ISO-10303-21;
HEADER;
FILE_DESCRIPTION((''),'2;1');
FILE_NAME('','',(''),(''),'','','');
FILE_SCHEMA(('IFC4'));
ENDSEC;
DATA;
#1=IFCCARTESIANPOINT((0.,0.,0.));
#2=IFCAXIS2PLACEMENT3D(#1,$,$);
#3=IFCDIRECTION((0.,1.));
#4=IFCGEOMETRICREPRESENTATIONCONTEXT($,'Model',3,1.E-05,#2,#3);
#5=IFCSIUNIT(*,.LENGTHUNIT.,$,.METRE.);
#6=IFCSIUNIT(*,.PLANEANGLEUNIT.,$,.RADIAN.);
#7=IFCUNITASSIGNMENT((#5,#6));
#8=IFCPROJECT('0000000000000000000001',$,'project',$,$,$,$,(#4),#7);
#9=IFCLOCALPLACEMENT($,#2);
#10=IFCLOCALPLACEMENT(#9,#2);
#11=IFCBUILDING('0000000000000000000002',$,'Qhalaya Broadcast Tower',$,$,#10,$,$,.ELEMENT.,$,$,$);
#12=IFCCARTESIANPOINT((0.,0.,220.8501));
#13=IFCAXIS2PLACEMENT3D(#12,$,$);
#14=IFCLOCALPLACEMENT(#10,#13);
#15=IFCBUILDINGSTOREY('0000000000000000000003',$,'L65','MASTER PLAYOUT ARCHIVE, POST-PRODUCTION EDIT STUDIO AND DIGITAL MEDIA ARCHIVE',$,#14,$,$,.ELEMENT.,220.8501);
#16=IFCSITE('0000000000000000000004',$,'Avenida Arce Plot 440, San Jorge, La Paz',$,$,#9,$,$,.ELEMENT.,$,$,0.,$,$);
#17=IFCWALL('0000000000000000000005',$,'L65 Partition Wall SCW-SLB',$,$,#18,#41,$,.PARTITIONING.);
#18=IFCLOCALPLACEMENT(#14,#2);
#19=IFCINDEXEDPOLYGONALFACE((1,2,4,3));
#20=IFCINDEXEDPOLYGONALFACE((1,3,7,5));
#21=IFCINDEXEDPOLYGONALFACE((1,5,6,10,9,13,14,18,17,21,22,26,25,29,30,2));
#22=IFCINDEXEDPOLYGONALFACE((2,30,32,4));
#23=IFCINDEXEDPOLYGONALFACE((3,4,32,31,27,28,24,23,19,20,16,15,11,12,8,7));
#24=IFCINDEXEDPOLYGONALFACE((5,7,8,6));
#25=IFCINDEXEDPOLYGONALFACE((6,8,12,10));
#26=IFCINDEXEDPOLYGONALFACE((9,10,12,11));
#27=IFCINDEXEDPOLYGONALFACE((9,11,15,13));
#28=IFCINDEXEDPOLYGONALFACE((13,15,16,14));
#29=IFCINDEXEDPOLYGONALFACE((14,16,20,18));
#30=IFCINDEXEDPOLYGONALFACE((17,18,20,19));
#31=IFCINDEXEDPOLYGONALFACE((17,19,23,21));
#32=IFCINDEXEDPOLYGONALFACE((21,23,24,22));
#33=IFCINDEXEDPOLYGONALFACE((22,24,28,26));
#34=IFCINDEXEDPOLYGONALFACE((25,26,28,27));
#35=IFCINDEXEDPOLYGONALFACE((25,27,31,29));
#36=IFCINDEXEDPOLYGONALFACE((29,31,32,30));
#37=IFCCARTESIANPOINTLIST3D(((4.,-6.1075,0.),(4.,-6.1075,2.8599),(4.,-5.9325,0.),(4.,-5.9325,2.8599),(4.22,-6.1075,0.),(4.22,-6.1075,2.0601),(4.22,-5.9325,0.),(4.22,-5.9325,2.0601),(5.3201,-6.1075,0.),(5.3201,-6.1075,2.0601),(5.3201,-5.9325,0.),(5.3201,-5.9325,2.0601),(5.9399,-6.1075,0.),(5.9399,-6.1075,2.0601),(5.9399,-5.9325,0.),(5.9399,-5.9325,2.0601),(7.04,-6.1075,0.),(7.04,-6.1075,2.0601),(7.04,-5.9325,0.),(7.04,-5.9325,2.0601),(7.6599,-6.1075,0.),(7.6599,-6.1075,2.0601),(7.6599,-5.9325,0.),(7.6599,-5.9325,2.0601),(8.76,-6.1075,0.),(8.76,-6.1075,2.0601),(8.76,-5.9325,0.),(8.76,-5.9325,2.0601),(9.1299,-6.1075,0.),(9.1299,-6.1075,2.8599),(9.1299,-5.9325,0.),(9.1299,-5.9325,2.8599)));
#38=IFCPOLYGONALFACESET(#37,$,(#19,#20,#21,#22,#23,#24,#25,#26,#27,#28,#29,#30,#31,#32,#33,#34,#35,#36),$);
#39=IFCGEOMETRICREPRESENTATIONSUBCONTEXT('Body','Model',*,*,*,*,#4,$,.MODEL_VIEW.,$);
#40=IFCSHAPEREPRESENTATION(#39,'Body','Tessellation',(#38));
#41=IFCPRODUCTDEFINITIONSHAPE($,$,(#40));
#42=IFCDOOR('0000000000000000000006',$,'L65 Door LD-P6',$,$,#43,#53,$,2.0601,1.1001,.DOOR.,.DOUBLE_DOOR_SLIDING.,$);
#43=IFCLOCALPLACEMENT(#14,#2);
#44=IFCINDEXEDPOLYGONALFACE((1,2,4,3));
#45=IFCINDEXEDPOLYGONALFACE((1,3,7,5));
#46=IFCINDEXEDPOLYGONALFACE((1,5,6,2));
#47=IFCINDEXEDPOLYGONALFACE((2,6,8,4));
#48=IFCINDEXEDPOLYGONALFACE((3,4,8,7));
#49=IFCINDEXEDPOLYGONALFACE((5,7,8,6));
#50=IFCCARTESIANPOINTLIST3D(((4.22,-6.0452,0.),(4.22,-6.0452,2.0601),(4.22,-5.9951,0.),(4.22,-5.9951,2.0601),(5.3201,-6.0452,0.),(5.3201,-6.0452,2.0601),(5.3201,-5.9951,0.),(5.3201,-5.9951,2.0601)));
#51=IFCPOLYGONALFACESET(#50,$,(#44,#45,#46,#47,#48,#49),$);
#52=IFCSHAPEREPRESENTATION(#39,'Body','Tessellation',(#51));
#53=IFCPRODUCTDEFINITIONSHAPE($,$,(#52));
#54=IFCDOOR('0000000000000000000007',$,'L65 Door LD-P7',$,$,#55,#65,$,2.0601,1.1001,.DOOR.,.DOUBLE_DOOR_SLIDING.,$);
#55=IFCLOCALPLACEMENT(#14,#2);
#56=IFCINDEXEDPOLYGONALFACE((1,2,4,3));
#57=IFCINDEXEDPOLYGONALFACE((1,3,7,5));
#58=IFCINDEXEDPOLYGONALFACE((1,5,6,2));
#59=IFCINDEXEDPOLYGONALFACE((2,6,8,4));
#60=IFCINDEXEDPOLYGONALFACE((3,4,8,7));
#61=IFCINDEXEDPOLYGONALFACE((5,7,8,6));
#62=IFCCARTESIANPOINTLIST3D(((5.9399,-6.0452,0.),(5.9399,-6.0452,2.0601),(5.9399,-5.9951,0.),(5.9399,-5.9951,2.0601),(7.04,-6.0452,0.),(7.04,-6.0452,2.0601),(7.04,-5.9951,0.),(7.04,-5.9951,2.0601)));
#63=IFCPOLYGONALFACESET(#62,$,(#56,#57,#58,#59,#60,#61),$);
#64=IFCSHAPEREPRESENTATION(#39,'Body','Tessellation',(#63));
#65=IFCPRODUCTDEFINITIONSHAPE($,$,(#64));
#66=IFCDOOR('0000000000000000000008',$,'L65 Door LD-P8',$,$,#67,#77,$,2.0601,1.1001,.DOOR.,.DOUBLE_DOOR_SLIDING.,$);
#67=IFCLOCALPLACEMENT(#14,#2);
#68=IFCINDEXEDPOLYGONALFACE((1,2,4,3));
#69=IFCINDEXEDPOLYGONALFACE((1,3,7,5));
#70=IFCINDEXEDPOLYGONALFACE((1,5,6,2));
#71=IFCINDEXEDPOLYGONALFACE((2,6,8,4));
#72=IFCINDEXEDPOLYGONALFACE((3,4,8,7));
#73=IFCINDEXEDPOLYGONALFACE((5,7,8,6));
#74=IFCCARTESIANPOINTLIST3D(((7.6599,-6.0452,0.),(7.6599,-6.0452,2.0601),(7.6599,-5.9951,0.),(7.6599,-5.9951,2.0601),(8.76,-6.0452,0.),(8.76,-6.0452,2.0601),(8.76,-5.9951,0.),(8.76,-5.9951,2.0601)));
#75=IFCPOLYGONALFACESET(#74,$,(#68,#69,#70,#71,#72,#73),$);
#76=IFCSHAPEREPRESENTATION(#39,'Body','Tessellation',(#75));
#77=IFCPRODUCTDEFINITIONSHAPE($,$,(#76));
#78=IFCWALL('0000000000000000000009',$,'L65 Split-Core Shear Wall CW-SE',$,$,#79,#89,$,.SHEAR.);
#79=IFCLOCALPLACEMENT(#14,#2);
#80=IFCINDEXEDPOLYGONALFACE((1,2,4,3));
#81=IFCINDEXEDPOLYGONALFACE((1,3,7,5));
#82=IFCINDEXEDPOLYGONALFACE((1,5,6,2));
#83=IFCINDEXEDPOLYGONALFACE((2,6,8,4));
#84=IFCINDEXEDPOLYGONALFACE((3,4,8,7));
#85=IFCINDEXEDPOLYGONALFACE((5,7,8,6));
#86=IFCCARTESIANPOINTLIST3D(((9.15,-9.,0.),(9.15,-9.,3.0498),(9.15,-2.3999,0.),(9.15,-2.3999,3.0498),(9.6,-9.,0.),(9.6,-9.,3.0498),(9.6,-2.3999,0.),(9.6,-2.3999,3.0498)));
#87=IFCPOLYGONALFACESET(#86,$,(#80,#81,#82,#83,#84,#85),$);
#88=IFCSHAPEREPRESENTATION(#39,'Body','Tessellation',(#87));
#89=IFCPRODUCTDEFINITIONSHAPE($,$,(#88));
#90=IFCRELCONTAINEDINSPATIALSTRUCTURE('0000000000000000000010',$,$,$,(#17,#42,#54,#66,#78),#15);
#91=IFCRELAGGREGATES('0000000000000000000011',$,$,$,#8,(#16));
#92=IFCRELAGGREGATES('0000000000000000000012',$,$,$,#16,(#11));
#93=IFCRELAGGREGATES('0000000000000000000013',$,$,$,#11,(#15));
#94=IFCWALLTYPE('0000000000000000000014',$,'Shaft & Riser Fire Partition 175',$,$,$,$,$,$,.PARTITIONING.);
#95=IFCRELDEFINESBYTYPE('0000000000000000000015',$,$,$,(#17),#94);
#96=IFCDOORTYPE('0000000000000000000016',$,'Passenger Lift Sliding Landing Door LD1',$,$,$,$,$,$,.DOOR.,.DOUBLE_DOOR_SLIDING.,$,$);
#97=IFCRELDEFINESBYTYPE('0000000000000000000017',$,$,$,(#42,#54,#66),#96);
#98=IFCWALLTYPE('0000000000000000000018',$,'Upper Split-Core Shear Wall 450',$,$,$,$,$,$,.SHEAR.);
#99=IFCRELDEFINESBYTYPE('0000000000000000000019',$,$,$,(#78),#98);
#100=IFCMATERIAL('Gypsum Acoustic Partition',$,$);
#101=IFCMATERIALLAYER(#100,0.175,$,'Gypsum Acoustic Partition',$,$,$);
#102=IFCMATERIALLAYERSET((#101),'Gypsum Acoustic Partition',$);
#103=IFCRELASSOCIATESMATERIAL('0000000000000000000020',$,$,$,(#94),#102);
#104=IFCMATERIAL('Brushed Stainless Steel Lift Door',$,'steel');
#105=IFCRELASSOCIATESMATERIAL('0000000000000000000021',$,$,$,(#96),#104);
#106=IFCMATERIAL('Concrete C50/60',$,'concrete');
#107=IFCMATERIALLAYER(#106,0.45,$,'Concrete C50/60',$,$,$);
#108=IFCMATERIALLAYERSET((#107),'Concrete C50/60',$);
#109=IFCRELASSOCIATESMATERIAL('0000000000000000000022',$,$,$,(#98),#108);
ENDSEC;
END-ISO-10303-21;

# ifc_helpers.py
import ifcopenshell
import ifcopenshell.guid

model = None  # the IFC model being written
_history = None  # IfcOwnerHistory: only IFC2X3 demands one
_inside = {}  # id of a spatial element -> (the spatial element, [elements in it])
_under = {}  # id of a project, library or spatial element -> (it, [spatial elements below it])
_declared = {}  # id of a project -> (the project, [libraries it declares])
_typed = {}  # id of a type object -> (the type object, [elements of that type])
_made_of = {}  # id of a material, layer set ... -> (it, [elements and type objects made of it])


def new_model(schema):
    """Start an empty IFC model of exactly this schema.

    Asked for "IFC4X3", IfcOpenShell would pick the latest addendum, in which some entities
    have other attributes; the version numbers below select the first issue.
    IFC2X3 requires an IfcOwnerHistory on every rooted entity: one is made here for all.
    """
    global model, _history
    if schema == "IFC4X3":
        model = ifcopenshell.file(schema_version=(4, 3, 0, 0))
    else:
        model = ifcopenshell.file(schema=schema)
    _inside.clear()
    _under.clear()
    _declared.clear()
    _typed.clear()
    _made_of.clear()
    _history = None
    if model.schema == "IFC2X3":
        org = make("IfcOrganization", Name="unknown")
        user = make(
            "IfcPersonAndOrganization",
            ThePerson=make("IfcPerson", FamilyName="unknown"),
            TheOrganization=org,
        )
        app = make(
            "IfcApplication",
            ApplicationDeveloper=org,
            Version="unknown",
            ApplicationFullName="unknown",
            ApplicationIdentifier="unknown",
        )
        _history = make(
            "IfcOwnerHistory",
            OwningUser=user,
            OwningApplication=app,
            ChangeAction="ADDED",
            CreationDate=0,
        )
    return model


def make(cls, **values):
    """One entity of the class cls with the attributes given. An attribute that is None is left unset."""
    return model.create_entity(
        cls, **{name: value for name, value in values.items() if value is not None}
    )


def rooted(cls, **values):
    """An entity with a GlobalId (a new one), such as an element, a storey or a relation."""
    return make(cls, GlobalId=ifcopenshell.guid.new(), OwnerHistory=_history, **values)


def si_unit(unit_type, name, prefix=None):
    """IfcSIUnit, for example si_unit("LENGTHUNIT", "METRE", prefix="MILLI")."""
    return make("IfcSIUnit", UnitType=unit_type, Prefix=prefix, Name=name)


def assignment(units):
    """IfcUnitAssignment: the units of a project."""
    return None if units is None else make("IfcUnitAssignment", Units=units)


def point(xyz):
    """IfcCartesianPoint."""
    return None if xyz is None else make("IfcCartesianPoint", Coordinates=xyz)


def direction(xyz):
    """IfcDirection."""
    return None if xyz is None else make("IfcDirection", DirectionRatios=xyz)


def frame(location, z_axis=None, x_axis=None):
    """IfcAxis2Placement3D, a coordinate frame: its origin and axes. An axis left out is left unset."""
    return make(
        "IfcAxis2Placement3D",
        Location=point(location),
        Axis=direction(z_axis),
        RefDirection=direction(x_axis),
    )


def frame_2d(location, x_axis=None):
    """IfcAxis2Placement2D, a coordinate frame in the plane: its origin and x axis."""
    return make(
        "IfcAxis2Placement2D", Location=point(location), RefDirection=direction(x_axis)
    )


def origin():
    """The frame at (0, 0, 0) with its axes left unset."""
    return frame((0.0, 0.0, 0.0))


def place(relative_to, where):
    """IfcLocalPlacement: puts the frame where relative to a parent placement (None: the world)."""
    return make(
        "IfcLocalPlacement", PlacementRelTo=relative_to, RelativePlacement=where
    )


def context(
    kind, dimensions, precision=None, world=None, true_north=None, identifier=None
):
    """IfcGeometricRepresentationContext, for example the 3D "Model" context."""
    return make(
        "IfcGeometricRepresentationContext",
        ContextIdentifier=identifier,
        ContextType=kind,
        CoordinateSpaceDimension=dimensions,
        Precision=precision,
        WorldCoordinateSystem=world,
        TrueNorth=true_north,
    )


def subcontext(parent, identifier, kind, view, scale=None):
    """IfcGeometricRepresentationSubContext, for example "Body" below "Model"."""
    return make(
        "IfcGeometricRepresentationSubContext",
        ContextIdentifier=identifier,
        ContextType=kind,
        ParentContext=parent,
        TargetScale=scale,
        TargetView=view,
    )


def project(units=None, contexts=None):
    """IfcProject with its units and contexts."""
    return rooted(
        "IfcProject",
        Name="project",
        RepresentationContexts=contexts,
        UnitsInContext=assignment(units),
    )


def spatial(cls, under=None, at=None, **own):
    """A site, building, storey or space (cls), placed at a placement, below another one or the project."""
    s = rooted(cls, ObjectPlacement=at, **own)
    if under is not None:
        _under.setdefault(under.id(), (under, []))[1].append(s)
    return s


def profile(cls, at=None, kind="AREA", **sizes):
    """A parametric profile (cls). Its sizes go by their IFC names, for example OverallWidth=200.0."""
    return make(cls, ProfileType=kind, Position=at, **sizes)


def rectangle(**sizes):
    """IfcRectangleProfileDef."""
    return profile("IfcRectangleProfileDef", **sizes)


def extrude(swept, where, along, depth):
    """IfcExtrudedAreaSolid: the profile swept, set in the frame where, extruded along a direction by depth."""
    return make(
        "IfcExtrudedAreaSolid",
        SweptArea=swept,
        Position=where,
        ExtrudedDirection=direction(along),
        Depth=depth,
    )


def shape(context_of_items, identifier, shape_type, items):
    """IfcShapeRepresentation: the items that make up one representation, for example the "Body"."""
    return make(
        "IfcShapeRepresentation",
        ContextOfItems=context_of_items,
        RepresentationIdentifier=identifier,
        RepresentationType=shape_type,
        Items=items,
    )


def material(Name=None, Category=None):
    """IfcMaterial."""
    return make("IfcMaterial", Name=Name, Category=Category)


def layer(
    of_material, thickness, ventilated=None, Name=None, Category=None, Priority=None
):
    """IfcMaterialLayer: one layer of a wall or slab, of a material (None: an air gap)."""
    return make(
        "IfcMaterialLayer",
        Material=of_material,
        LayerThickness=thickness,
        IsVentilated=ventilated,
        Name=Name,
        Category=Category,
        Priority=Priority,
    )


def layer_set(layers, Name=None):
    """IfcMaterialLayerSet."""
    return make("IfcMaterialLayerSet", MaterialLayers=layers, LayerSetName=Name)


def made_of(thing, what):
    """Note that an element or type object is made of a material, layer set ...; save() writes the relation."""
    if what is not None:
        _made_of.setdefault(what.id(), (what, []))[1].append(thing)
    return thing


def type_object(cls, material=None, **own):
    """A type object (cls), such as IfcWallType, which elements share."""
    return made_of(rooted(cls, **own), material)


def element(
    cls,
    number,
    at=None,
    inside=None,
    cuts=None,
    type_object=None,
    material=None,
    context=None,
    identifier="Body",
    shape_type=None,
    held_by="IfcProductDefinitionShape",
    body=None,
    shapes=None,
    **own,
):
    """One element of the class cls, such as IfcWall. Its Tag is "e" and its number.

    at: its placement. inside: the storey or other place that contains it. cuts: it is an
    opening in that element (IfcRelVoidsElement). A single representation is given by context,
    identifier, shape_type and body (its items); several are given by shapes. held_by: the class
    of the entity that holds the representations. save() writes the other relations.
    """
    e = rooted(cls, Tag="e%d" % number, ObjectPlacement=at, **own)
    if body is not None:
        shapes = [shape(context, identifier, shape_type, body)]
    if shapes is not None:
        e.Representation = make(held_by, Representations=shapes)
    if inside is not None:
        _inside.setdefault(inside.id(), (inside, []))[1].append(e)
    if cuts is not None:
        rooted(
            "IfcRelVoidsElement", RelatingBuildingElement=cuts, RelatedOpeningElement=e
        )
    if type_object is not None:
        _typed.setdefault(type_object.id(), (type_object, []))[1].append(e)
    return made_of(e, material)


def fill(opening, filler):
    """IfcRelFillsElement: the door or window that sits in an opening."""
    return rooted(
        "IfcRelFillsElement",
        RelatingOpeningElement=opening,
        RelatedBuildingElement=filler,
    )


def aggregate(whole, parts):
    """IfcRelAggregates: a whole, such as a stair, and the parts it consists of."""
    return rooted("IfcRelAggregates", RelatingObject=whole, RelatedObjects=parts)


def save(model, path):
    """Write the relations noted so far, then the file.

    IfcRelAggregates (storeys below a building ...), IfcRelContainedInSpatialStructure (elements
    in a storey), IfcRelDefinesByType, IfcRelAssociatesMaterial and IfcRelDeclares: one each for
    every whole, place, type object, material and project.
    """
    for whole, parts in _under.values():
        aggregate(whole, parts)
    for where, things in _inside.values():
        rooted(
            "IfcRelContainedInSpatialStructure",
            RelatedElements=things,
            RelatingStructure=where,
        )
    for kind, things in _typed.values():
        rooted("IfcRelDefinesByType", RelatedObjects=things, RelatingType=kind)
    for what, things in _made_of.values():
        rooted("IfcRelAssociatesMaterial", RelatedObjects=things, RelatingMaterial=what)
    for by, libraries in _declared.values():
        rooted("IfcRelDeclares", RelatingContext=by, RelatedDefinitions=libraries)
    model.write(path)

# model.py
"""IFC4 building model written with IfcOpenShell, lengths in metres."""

from ifc_helpers import new_model, si_unit, direction, frame, frame_2d, origin, place, context, subcontext, project, spatial, rectangle, extrude, material, layer, layer_set, type_object, element, fill, save


model = new_model("IFC4")

# Units and contexts
model_context = context("Model", 3, precision=1e-05, world=origin(), true_north=direction((0.0, 1.0)))
body_context = subcontext(model_context, "Body", "Model", "MODEL_VIEW")
ifc_project = project(units=[si_unit("LENGTHUNIT", "METRE"), si_unit("PLANEANGLEUNIT", "RADIAN")], contexts=[model_context])

# Site, building, storey
site_placement = place(None, origin())
site = spatial("IfcSite", under=ifc_project, at=site_placement, Name="Avenida Arce Plot 440, San Jorge, La Paz", CompositionType="ELEMENT", RefElevation=0.0)
building_placement = place(site_placement, origin())
building = spatial("IfcBuilding", under=site, at=building_placement, Name="Qhalaya Broadcast Tower", CompositionType="ELEMENT")
storey_placement = place(building_placement, frame((0.0, 0.0, 220.8501)))
storey = spatial("IfcBuildingStorey", under=building, at=storey_placement, Name="L65", Description="MASTER PLAYOUT ARCHIVE, POST-PRODUCTION EDIT STUDIO AND DIGITAL MEDIA ARCHIVE", CompositionType="ELEMENT", Elevation=220.8501)

# Shared definitions
ifc_material_1 = material(Name="Gypsum Acoustic Partition")

# Wall, openings, doors
ifc_layer_1 = layer(ifc_material_1, 0.175, Name="Gypsum Acoustic Partition")
ifc_layer_set_1 = layer_set([ifc_layer_1], Name="Gypsum Acoustic Partition")
wall_type_1 = type_object("IfcWallType", Name="Shaft & Riser Fire Partition 175", PredefinedType="PARTITIONING", material=ifc_layer_set_1)
wall_1_placement = place(storey_placement, frame((4.0, -6.02, 0.0), z_axis=(0.0, 0.0, 1.0), x_axis=(1.0, 0.0, 0.0)))
wall_1 = element("IfcWall", 1, at=wall_1_placement, inside=storey, type_object=wall_type_1, Name="L65 Partition Wall SCW-SLB", PredefinedType="PARTITIONING", context=body_context, shape_type="SweptSolid", body=[
    extrude(rectangle(XDim=5.1299, YDim=0.175, at=frame_2d((2.5649, 0.0))), origin(), (0.0, 0.0, 1.0), 2.8599),
])
opening_1_placement = place(wall_1_placement, frame((0.22, 0.0, 0.0)))
opening_1 = element("IfcOpeningElement", 2, at=opening_1_placement, cuts=wall_1, PredefinedType="OPENING", context=body_context, shape_type="SweptSolid", body=[
    extrude(rectangle(XDim=1.1001, YDim=2.0601, at=frame_2d((0.55, 1.03))), frame((0.0, 0.0996, 0.0), z_axis=(0.0, -1.0, 0.0), x_axis=(1.0, 0.0, 0.0)), (0.0, 0.0, 1.0), 0.199),
])
opening_2_placement = place(wall_1_placement, frame((1.9399, 0.0, 0.0)))
opening_2 = element("IfcOpeningElement", 3, at=opening_2_placement, cuts=wall_1, PredefinedType="OPENING", context=body_context, shape_type="SweptSolid", body=[
    extrude(rectangle(XDim=1.1001, YDim=2.0601, at=frame_2d((0.55, 1.03))), frame((0.0, 0.0996, 0.0), z_axis=(0.0, -1.0, 0.0), x_axis=(1.0, 0.0, 0.0)), (0.0, 0.0, 1.0), 0.199),
])
opening_3_placement = place(wall_1_placement, frame((3.6599, 0.0, 0.0)))
opening_3 = element("IfcOpeningElement", 4, at=opening_3_placement, cuts=wall_1, PredefinedType="OPENING", context=body_context, shape_type="SweptSolid", body=[
    extrude(rectangle(XDim=1.1001, YDim=2.0601, at=frame_2d((0.55, 1.03))), frame((0.0, 0.0996, 0.0), z_axis=(0.0, -1.0, 0.0), x_axis=(1.0, 0.0, 0.0)), (0.0, 0.0, 1.0), 0.199),
])
ifc_material_2 = material(Name="Brushed Stainless Steel Lift Door", Category="steel")
door_type_1 = type_object("IfcDoorType", Name="Passenger Lift Sliding Landing Door LD1", OperationType="DOUBLE_DOOR_SLIDING", PredefinedType="DOOR", material=ifc_material_2)
door_1_placement = place(opening_1_placement, origin())
door_1 = element("IfcDoor", 5, at=door_1_placement, inside=storey, type_object=door_type_1, Name="L65 Door LD-P6", OperationType="DOUBLE_DOOR_SLIDING", OverallHeight=2.0601, OverallWidth=1.1001, PredefinedType="DOOR", context=body_context, shape_type="SweptSolid", body=[
    extrude(rectangle(XDim=1.1001, YDim=2.0601, at=frame_2d((0.55, 1.03))), frame((0.0, 0.0249, 0.0), z_axis=(0.0, -1.0, 0.0), x_axis=(1.0, 0.0, 0.0)), (0.0, 0.0, 1.0), 0.05),
])
fill(opening_1, door_1)
door_2_placement = place(opening_2_placement, origin())
door_2 = element("IfcDoor", 6, at=door_2_placement, inside=storey, type_object=door_type_1, Name="L65 Door LD-P7", OperationType="DOUBLE_DOOR_SLIDING", OverallHeight=2.0601, OverallWidth=1.1001, PredefinedType="DOOR", context=body_context, shape_type="SweptSolid", body=[
    extrude(rectangle(XDim=1.1001, YDim=2.0601, at=frame_2d((0.55, 1.03))), frame((0.0, 0.0249, 0.0), z_axis=(0.0, -1.0, 0.0), x_axis=(1.0, 0.0, 0.0)), (0.0, 0.0, 1.0), 0.05),
])
fill(opening_2, door_2)
door_3_placement = place(opening_3_placement, origin())
door_3 = element("IfcDoor", 7, at=door_3_placement, inside=storey, type_object=door_type_1, Name="L65 Door LD-P8", OperationType="DOUBLE_DOOR_SLIDING", OverallHeight=2.0601, OverallWidth=1.1001, PredefinedType="DOOR", context=body_context, shape_type="SweptSolid", body=[
    extrude(rectangle(XDim=1.1001, YDim=2.0601, at=frame_2d((0.55, 1.03))), frame((0.0, 0.0249, 0.0), z_axis=(0.0, -1.0, 0.0), x_axis=(1.0, 0.0, 0.0)), (0.0, 0.0, 1.0), 0.05),
])
fill(opening_3, door_3)

# Wall
ifc_material_3 = material(Name="Concrete C50/60", Category="concrete")
ifc_layer_2 = layer(ifc_material_3, 0.45, Name="Concrete C50/60")
ifc_layer_set_2 = layer_set([ifc_layer_2], Name="Concrete C50/60")
wall_type_2 = type_object("IfcWallType", Name="Upper Split-Core Shear Wall 450", PredefinedType="SHEAR", material=ifc_layer_set_2)
wall_2_placement = place(storey_placement, frame((9.375, -9.0, 0.0), z_axis=(0.0, 0.0, 1.0), x_axis=(0.0, 1.0, 0.0)))
element("IfcWall", 8, at=wall_2_placement, inside=storey, type_object=wall_type_2, Name="L65 Split-Core Shear Wall CW-SE", PredefinedType="SHEAR", context=body_context, shape_type="SweptSolid", body=[
    extrude(rectangle(XDim=6.6001, YDim=0.45, at=frame_2d((3.3, 0.0))), origin(), (0.0, 0.0, 1.0), 3.0498),
])

save(model, "model.ifc")
